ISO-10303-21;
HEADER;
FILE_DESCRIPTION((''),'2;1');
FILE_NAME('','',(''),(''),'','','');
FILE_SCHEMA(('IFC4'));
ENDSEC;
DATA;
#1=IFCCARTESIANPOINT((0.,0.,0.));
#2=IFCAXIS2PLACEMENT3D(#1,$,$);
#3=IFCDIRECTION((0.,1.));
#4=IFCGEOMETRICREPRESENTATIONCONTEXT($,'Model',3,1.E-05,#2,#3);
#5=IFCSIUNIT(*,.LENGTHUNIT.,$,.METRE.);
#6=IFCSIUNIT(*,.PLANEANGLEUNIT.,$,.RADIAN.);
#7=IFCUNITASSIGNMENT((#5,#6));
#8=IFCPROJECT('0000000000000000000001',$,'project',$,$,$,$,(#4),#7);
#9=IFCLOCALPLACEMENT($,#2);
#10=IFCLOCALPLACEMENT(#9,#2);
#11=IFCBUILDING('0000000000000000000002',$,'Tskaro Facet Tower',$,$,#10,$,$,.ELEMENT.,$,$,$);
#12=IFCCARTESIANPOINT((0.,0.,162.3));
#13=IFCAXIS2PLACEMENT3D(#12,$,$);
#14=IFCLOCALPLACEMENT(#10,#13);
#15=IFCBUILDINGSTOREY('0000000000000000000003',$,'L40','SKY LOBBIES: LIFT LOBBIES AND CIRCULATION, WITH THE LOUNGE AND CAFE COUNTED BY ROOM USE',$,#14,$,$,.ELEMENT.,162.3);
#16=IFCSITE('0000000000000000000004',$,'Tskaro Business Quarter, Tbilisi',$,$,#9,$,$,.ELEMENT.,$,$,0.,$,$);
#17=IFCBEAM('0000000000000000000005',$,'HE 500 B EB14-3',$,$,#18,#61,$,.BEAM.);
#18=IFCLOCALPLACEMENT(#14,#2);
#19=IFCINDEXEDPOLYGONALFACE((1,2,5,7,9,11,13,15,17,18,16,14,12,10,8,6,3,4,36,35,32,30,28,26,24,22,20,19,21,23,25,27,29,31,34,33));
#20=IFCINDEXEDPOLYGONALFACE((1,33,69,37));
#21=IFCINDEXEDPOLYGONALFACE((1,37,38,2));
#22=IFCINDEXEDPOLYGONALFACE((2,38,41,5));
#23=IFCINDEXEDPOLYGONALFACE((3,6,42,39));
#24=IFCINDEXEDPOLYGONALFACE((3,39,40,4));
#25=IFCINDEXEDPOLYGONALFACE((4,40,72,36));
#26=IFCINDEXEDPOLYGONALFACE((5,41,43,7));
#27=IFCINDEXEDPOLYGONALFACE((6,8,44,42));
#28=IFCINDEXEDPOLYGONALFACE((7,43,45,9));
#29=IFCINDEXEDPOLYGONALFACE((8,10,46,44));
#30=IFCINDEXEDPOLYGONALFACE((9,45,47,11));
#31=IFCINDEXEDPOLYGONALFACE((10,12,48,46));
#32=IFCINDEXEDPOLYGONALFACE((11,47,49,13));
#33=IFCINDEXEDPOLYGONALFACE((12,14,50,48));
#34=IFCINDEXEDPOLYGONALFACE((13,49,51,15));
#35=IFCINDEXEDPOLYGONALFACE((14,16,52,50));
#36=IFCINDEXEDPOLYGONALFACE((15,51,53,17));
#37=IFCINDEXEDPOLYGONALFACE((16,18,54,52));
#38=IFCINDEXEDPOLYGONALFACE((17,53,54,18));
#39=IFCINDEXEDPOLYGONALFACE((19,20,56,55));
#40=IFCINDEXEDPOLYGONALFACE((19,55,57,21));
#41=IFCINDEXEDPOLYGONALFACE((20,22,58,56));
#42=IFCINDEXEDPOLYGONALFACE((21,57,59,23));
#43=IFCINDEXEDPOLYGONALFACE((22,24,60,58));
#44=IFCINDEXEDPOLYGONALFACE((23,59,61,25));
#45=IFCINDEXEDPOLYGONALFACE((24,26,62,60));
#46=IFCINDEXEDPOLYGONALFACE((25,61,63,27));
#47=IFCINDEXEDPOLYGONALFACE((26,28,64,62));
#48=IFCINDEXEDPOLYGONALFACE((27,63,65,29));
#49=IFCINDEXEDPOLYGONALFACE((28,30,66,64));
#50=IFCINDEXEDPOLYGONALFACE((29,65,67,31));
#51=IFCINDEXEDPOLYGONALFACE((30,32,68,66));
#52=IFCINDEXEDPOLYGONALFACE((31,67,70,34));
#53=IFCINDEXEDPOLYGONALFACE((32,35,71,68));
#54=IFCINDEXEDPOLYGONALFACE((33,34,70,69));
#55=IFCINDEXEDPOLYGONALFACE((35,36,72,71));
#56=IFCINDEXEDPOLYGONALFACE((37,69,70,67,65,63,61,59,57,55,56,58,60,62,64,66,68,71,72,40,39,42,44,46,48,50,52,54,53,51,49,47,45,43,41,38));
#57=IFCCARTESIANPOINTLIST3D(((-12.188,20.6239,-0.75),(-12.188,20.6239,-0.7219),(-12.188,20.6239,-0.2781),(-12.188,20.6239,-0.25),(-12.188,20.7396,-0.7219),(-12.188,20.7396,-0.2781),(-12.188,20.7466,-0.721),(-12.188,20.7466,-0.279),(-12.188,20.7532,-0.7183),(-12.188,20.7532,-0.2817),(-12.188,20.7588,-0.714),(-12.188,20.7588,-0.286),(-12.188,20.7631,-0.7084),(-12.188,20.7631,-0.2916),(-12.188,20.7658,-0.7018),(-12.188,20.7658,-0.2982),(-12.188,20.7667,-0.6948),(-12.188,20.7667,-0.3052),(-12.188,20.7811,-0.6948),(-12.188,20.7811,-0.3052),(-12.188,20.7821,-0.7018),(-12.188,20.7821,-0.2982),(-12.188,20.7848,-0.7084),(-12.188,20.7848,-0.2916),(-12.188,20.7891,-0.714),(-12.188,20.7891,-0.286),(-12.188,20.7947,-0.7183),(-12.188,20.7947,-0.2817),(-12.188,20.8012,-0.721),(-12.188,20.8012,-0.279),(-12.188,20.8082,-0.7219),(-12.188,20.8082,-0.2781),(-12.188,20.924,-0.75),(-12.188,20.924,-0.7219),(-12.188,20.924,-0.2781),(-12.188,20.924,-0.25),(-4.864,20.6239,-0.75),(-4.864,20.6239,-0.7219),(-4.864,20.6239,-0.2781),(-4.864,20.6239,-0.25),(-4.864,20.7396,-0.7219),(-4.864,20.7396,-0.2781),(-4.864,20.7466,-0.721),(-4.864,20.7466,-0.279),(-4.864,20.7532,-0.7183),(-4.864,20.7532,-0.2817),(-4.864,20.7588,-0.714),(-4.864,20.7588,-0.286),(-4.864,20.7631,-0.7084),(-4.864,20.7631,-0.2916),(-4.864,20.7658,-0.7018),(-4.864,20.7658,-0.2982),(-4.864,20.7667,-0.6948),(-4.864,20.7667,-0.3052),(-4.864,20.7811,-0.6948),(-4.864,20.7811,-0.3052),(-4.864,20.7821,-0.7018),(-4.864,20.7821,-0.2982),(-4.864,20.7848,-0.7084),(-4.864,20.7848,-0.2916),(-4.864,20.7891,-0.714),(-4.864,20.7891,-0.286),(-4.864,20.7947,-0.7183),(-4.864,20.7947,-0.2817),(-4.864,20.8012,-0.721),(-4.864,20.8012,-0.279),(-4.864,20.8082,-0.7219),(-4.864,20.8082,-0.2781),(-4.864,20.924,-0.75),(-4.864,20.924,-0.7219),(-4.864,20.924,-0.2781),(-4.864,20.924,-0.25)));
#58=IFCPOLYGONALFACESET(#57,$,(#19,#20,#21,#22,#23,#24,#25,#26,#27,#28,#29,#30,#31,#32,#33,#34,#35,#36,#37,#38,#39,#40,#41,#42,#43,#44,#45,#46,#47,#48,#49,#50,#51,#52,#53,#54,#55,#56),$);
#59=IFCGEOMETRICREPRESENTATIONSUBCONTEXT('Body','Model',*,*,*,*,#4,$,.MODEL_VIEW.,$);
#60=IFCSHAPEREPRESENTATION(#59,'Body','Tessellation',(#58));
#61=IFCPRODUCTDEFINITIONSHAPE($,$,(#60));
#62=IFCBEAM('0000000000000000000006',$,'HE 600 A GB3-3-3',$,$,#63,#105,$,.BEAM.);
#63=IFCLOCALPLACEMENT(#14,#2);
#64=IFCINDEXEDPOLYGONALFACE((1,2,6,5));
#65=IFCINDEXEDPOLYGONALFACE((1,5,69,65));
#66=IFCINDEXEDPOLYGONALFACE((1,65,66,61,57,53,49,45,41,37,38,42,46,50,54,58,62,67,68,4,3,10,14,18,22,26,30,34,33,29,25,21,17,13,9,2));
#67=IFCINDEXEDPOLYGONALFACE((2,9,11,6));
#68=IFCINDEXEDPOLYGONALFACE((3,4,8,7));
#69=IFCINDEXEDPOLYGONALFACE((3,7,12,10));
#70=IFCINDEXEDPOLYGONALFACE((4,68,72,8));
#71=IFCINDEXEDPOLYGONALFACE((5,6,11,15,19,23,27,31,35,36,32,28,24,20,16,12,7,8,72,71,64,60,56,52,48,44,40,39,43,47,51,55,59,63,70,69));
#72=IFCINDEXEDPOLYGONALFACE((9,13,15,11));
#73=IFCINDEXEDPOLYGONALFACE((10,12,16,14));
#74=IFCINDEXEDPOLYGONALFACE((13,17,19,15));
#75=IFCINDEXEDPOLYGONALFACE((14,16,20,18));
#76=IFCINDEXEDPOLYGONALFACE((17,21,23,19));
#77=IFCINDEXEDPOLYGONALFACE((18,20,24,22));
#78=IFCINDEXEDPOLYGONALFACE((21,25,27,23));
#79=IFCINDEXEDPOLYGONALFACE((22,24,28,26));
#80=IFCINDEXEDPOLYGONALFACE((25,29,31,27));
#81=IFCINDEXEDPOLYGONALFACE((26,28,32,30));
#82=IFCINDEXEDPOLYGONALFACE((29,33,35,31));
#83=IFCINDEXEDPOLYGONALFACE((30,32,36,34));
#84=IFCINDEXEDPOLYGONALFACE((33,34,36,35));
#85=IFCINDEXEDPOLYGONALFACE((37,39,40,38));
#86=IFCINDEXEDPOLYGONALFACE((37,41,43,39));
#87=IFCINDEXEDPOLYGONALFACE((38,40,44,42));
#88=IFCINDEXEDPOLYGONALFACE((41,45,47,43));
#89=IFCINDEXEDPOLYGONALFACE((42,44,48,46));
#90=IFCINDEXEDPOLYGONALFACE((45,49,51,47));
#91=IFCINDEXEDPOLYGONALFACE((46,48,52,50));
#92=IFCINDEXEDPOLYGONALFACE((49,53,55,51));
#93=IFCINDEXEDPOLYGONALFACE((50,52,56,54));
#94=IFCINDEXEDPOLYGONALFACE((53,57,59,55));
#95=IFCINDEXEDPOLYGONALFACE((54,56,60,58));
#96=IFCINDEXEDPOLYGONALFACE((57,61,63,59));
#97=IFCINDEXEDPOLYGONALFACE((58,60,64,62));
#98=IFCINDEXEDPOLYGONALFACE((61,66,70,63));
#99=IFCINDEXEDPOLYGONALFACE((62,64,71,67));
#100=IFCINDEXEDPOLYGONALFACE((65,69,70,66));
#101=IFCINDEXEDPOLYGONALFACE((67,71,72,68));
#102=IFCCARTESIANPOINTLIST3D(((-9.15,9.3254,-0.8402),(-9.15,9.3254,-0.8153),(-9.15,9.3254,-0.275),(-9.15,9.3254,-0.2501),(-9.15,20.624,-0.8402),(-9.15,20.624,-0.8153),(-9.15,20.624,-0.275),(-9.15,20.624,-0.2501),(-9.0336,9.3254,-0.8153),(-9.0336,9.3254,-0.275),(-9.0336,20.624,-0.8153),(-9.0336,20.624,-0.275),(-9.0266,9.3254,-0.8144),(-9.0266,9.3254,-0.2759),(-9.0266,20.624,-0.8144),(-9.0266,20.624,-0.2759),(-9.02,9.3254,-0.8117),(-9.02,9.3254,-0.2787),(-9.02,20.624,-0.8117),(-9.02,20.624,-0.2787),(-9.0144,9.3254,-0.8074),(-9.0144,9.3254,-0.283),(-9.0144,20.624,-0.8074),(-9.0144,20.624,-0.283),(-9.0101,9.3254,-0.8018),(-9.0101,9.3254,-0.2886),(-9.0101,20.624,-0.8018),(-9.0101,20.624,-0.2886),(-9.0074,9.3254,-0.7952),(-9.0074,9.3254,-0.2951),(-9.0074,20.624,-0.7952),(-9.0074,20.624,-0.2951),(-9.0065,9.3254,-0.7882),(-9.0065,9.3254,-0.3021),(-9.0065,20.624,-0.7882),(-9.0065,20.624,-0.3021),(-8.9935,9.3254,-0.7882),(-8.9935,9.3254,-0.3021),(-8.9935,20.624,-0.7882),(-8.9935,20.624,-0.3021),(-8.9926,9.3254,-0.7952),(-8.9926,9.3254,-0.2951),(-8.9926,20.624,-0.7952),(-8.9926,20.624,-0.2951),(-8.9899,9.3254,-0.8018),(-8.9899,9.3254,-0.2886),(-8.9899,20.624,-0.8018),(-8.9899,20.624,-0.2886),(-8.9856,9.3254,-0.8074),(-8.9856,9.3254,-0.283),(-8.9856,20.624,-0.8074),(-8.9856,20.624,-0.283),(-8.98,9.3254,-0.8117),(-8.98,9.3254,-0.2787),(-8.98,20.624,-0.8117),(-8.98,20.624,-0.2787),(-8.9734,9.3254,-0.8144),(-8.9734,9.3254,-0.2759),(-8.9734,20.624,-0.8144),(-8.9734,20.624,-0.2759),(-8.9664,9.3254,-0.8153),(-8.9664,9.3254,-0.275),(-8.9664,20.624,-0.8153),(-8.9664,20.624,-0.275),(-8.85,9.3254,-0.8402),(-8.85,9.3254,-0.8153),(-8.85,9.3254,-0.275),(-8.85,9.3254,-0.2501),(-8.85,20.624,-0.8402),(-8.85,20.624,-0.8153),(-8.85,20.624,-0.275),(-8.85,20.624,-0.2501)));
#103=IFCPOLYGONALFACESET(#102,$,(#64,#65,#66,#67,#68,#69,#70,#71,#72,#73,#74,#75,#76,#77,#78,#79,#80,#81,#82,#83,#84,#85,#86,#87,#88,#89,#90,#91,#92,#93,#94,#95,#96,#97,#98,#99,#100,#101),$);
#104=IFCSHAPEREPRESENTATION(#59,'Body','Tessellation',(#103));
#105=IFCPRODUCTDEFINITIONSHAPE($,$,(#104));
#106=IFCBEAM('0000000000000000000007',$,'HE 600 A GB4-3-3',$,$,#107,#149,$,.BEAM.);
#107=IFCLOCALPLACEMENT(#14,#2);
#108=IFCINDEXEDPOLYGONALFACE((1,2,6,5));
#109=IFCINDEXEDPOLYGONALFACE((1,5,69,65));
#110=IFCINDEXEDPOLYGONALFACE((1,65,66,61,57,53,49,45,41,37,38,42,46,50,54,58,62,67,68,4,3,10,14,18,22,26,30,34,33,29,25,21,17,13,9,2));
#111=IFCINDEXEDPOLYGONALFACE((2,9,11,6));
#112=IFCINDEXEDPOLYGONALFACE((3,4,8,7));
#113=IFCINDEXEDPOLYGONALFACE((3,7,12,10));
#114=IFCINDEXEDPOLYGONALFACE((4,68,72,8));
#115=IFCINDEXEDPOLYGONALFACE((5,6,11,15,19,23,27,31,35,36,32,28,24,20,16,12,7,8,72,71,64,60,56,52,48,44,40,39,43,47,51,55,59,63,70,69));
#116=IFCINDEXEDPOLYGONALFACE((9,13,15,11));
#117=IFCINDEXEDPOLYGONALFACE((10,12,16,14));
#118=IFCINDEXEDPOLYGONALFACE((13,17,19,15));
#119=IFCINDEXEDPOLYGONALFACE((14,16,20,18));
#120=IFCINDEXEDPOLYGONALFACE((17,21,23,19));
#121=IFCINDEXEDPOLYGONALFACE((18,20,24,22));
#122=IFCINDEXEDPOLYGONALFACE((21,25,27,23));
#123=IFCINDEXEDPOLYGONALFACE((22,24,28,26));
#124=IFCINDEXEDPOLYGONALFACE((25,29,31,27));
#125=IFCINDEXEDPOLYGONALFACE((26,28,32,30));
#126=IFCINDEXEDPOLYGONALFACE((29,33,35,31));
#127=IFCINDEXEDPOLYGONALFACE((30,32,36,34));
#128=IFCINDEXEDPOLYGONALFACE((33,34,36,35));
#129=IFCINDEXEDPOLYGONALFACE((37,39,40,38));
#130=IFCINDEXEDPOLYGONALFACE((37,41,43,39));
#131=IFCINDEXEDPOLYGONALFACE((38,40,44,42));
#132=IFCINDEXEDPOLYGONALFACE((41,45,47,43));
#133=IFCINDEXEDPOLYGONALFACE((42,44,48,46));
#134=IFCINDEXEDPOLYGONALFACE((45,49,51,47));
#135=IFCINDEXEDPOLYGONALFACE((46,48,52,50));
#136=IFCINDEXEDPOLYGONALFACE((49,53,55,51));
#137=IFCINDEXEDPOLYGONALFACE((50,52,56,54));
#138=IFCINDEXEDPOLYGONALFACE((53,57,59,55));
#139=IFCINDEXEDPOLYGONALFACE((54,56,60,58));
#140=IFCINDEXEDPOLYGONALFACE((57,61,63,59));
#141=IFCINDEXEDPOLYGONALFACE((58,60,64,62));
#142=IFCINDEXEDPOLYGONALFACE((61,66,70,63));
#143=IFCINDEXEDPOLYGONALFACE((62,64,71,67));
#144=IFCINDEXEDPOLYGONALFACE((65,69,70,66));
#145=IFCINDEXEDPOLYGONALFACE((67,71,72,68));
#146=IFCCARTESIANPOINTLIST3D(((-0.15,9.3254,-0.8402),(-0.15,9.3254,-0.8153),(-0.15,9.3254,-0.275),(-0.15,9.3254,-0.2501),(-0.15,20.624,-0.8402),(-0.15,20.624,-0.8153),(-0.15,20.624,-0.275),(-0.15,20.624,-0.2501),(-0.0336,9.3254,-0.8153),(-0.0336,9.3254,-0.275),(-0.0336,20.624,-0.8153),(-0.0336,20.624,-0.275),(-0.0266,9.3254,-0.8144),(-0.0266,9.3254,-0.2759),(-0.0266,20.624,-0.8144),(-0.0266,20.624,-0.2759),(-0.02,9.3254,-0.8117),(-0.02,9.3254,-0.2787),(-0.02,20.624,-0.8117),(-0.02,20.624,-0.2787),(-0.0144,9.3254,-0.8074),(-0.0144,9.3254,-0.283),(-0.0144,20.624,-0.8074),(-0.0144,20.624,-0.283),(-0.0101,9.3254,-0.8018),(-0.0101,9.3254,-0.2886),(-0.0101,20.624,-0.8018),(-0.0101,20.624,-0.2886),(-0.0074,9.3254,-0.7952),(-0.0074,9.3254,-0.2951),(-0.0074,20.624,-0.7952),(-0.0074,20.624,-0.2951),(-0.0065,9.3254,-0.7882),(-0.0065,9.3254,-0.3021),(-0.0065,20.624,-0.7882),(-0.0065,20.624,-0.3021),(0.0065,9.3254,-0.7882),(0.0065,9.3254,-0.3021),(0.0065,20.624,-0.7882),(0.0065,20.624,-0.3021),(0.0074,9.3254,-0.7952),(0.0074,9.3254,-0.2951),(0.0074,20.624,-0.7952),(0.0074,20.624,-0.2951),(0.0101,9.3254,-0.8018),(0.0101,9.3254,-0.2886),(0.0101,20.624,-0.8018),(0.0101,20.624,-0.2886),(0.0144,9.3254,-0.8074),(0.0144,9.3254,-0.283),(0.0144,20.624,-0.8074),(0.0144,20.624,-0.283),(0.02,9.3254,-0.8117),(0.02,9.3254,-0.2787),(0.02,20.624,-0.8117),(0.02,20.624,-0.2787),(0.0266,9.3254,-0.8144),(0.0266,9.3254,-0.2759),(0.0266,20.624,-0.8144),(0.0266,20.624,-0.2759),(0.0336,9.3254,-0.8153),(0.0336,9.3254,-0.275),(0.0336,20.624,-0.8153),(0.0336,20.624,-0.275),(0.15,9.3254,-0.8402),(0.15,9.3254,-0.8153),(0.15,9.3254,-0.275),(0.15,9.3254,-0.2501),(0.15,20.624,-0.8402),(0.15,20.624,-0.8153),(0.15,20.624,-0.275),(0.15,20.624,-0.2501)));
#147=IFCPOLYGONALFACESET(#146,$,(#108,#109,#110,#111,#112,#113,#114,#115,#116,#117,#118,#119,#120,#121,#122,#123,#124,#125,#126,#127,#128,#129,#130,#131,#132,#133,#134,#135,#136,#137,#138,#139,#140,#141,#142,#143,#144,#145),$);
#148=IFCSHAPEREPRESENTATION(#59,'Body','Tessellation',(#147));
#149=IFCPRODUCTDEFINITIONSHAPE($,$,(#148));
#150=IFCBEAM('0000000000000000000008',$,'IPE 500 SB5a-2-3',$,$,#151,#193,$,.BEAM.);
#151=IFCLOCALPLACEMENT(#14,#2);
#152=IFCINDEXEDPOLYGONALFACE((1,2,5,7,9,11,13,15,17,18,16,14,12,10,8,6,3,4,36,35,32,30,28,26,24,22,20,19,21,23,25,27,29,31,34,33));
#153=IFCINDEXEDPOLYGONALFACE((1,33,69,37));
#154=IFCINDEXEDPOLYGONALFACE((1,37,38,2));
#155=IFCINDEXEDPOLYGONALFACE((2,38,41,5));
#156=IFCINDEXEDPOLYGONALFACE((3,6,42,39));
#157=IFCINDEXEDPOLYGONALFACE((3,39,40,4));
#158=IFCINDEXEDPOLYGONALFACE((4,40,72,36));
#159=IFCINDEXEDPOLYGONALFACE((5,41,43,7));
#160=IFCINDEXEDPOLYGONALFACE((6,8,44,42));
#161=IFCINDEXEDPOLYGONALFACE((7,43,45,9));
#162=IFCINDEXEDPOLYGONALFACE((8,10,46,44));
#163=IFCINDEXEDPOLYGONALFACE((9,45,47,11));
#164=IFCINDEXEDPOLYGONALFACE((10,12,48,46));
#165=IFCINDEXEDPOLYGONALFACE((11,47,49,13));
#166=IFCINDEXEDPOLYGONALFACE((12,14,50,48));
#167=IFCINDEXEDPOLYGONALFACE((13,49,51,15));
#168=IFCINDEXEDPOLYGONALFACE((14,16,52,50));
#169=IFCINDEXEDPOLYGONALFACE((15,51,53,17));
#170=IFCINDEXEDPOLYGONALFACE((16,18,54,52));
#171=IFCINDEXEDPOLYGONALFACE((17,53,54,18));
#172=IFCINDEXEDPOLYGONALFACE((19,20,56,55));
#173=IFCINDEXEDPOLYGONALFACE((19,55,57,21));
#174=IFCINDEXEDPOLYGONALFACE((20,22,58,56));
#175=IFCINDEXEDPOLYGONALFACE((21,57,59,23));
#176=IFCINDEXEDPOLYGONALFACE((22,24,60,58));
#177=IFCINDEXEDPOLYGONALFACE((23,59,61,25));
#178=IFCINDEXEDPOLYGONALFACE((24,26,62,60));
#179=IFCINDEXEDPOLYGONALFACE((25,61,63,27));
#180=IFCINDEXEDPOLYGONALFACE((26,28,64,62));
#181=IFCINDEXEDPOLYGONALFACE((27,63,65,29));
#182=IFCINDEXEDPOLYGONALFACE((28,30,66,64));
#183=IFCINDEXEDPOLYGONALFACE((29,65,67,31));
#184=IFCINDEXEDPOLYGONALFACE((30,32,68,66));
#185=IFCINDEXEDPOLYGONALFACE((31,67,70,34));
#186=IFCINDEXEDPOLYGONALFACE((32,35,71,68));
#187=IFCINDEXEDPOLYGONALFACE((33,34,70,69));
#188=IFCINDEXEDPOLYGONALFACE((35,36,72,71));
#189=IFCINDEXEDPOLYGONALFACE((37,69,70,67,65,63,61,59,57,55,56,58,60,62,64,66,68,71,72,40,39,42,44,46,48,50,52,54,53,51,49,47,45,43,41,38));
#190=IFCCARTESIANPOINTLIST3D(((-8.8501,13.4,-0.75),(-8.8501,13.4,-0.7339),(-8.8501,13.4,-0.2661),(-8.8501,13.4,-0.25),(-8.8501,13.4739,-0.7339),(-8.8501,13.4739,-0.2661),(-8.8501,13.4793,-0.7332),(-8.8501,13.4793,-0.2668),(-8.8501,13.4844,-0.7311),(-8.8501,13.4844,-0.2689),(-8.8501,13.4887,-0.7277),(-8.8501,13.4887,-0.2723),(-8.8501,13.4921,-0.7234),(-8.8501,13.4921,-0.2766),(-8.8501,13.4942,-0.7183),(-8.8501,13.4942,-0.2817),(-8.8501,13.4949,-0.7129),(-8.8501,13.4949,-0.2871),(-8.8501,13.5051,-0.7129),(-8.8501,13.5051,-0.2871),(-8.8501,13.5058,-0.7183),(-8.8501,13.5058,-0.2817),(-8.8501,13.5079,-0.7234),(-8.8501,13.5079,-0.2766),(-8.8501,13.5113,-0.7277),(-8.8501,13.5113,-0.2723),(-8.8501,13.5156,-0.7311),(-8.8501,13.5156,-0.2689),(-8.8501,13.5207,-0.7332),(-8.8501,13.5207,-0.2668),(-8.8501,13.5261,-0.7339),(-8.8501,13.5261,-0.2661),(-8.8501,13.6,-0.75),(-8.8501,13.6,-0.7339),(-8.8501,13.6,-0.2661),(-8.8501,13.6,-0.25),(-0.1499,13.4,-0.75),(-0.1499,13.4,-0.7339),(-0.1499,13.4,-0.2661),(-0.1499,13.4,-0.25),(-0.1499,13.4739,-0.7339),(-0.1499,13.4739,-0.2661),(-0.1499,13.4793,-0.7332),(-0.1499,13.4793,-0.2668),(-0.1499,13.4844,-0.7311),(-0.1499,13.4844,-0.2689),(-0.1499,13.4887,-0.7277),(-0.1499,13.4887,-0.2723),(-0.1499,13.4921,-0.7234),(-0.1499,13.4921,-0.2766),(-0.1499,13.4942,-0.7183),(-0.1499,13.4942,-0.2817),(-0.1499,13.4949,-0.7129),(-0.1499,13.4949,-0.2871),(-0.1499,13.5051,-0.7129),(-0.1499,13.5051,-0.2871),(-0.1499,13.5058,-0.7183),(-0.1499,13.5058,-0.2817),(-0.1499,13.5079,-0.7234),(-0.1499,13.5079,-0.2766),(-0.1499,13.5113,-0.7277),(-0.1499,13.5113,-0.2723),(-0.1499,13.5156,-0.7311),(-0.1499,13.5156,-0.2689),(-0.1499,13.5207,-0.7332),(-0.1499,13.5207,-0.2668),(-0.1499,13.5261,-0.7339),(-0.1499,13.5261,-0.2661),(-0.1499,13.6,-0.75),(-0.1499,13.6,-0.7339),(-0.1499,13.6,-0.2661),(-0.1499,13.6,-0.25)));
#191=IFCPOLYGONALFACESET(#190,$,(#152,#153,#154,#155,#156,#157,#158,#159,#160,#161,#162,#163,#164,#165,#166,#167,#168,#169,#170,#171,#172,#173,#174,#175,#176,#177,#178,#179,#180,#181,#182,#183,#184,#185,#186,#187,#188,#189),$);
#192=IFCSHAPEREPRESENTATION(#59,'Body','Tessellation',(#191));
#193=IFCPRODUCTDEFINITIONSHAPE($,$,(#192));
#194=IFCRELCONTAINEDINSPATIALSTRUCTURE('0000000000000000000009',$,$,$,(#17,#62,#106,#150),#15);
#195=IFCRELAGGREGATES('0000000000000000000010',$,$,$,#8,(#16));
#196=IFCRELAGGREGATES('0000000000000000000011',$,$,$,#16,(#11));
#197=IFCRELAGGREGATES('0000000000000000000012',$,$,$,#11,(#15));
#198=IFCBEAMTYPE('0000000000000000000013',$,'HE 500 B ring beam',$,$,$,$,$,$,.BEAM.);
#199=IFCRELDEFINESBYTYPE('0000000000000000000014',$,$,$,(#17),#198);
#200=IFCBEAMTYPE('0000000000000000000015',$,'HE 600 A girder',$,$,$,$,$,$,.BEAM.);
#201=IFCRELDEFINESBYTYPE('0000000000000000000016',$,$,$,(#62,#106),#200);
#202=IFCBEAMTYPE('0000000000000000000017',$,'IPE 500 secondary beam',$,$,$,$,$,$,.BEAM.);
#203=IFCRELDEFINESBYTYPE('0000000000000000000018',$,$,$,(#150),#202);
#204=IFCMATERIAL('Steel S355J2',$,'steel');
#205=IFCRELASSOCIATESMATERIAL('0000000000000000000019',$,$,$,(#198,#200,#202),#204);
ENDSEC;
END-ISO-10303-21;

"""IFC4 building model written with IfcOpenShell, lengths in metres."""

from ifc_helpers import new_model, si_unit, direction, frame, origin, origin_2d, place, context, subcontext, project, spatial, i_section, extrude, material, material_profile, profile_set, type_object, element, save


model = new_model("IFC4")

# Units and contexts
model_context = context("Model", 3, precision=1e-05, world=origin(), true_north=direction((0.0, 1.0)))
body_context = subcontext(model_context, "Body", "Model", "MODEL_VIEW")
ifc_project = project(units=[si_unit("LENGTHUNIT", "METRE"), si_unit("PLANEANGLEUNIT", "RADIAN")], contexts=[model_context])

# Site, building, storey
site_placement = place(None, origin())
site = spatial("IfcSite", under=ifc_project, at=site_placement, Name="Tskaro Business Quarter, Tbilisi", CompositionType="ELEMENT", RefElevation=0.0)
building_placement = place(site_placement, origin())
building = spatial("IfcBuilding", under=site, at=building_placement, Name="Tskaro Facet Tower", CompositionType="ELEMENT")
storey_placement = place(building_placement, frame((0.0, 0.0, 162.3)))
storey = spatial("IfcBuildingStorey", under=building, at=storey_placement, Name="L40", Description="SKY LOBBIES: LIFT LOBBIES AND CIRCULATION, WITH THE LOUNGE AND CAFE COUNTED BY ROOM USE", CompositionType="ELEMENT", Elevation=162.3)

# Beams
ifc_material_1 = material(Name="Steel S355J2", Category="steel")
ifc_material_profile_1 = material_profile(ifc_material_1, i_section(OverallWidth=0.3, OverallDepth=0.5, WebThickness=0.0144, FlangeThickness=0.0281, FilletRadius=0.0271, at=origin_2d()), Name="HE 500 B")
ifc_profile_set_1 = profile_set([ifc_material_profile_1], Name="Steel S355J2")
beam_type_1 = type_object("IfcBeamType", Name="HE 500 B ring beam", PredefinedType="BEAM", material=ifc_profile_set_1)
beam_1_placement = place(storey_placement, frame((-4.864, 20.7739, -0.5), z_axis=(-1.0, 0.0, 0.0), x_axis=(0.0, -1.0, 0.0)))
element("IfcBeam", 1, at=beam_1_placement, inside=storey, type_object=beam_type_1, Name="HE 500 B EB14-3", PredefinedType="BEAM", context=body_context, shape_type="SweptSolid", body=[
    extrude(i_section(OverallWidth=0.3, OverallDepth=0.5, WebThickness=0.0144, FlangeThickness=0.0281, FilletRadius=0.0271, at=origin_2d()), origin(), (0.0, 0.0, 1.0), 7.324),
])
ifc_material_profile_2 = material_profile(ifc_material_1, i_section(OverallWidth=0.3, OverallDepth=0.5901, WebThickness=0.0129, FlangeThickness=0.0249, FilletRadius=0.0271, at=origin_2d()), Name="HE 600 A")
ifc_profile_set_2 = profile_set([ifc_material_profile_2], Name="Steel S355J2")
beam_type_2 = type_object("IfcBeamType", Name="HE 600 A girder", PredefinedType="BEAM", material=ifc_profile_set_2)
for number, where, z_axis, x_axis, name in (
    (2, (-9.0, 9.3254, -0.5452), (0.0, 1.0, 0.0), (-1.0, 0.0, 0.0), "HE 600 A GB3-3-3"),
    (3, (0.0, 9.3254, -0.5452), (0.0, 1.0, 0.0), (-1.0, 0.0, 0.0), "HE 600 A GB4-3-3"),
):
    element("IfcBeam", number, at=place(storey_placement, frame(where, z_axis=z_axis, x_axis=x_axis)), inside=storey, type_object=beam_type_2, Name=name, PredefinedType="BEAM", context=body_context, shape_type="SweptSolid", body=[
        extrude(i_section(OverallWidth=0.3, OverallDepth=0.5901, WebThickness=0.0129, FlangeThickness=0.0249, FilletRadius=0.0271, at=origin_2d()), origin(), (0.0, 0.0, 1.0), 11.2986),
    ])
ifc_material_profile_3 = material_profile(ifc_material_1, i_section(OverallWidth=0.2, OverallDepth=0.5, WebThickness=0.0103, FlangeThickness=0.0161, FilletRadius=0.021, at=origin_2d()), Name="IPE 500")
ifc_profile_set_3 = profile_set([ifc_material_profile_3], Name="Steel S355J2")
beam_type_3 = type_object("IfcBeamType", Name="IPE 500 secondary beam", PredefinedType="BEAM", material=ifc_profile_set_3)
beam_2_placement = place(storey_placement, frame((-8.8501, 13.5, -0.5), z_axis=(1.0, 0.0, 0.0), x_axis=(0.0, 1.0, 0.0)))
element("IfcBeam", 4, at=beam_2_placement, inside=storey, type_object=beam_type_3, Name="IPE 500 SB5a-2-3", PredefinedType="BEAM", context=body_context, shape_type="SweptSolid", body=[
    extrude(i_section(OverallWidth=0.2, OverallDepth=0.5, WebThickness=0.0103, FlangeThickness=0.0161, FilletRadius=0.021, at=origin_2d()), origin(), (0.0, 0.0, 1.0), 8.7002),
])

save(model, "model.ifc")
